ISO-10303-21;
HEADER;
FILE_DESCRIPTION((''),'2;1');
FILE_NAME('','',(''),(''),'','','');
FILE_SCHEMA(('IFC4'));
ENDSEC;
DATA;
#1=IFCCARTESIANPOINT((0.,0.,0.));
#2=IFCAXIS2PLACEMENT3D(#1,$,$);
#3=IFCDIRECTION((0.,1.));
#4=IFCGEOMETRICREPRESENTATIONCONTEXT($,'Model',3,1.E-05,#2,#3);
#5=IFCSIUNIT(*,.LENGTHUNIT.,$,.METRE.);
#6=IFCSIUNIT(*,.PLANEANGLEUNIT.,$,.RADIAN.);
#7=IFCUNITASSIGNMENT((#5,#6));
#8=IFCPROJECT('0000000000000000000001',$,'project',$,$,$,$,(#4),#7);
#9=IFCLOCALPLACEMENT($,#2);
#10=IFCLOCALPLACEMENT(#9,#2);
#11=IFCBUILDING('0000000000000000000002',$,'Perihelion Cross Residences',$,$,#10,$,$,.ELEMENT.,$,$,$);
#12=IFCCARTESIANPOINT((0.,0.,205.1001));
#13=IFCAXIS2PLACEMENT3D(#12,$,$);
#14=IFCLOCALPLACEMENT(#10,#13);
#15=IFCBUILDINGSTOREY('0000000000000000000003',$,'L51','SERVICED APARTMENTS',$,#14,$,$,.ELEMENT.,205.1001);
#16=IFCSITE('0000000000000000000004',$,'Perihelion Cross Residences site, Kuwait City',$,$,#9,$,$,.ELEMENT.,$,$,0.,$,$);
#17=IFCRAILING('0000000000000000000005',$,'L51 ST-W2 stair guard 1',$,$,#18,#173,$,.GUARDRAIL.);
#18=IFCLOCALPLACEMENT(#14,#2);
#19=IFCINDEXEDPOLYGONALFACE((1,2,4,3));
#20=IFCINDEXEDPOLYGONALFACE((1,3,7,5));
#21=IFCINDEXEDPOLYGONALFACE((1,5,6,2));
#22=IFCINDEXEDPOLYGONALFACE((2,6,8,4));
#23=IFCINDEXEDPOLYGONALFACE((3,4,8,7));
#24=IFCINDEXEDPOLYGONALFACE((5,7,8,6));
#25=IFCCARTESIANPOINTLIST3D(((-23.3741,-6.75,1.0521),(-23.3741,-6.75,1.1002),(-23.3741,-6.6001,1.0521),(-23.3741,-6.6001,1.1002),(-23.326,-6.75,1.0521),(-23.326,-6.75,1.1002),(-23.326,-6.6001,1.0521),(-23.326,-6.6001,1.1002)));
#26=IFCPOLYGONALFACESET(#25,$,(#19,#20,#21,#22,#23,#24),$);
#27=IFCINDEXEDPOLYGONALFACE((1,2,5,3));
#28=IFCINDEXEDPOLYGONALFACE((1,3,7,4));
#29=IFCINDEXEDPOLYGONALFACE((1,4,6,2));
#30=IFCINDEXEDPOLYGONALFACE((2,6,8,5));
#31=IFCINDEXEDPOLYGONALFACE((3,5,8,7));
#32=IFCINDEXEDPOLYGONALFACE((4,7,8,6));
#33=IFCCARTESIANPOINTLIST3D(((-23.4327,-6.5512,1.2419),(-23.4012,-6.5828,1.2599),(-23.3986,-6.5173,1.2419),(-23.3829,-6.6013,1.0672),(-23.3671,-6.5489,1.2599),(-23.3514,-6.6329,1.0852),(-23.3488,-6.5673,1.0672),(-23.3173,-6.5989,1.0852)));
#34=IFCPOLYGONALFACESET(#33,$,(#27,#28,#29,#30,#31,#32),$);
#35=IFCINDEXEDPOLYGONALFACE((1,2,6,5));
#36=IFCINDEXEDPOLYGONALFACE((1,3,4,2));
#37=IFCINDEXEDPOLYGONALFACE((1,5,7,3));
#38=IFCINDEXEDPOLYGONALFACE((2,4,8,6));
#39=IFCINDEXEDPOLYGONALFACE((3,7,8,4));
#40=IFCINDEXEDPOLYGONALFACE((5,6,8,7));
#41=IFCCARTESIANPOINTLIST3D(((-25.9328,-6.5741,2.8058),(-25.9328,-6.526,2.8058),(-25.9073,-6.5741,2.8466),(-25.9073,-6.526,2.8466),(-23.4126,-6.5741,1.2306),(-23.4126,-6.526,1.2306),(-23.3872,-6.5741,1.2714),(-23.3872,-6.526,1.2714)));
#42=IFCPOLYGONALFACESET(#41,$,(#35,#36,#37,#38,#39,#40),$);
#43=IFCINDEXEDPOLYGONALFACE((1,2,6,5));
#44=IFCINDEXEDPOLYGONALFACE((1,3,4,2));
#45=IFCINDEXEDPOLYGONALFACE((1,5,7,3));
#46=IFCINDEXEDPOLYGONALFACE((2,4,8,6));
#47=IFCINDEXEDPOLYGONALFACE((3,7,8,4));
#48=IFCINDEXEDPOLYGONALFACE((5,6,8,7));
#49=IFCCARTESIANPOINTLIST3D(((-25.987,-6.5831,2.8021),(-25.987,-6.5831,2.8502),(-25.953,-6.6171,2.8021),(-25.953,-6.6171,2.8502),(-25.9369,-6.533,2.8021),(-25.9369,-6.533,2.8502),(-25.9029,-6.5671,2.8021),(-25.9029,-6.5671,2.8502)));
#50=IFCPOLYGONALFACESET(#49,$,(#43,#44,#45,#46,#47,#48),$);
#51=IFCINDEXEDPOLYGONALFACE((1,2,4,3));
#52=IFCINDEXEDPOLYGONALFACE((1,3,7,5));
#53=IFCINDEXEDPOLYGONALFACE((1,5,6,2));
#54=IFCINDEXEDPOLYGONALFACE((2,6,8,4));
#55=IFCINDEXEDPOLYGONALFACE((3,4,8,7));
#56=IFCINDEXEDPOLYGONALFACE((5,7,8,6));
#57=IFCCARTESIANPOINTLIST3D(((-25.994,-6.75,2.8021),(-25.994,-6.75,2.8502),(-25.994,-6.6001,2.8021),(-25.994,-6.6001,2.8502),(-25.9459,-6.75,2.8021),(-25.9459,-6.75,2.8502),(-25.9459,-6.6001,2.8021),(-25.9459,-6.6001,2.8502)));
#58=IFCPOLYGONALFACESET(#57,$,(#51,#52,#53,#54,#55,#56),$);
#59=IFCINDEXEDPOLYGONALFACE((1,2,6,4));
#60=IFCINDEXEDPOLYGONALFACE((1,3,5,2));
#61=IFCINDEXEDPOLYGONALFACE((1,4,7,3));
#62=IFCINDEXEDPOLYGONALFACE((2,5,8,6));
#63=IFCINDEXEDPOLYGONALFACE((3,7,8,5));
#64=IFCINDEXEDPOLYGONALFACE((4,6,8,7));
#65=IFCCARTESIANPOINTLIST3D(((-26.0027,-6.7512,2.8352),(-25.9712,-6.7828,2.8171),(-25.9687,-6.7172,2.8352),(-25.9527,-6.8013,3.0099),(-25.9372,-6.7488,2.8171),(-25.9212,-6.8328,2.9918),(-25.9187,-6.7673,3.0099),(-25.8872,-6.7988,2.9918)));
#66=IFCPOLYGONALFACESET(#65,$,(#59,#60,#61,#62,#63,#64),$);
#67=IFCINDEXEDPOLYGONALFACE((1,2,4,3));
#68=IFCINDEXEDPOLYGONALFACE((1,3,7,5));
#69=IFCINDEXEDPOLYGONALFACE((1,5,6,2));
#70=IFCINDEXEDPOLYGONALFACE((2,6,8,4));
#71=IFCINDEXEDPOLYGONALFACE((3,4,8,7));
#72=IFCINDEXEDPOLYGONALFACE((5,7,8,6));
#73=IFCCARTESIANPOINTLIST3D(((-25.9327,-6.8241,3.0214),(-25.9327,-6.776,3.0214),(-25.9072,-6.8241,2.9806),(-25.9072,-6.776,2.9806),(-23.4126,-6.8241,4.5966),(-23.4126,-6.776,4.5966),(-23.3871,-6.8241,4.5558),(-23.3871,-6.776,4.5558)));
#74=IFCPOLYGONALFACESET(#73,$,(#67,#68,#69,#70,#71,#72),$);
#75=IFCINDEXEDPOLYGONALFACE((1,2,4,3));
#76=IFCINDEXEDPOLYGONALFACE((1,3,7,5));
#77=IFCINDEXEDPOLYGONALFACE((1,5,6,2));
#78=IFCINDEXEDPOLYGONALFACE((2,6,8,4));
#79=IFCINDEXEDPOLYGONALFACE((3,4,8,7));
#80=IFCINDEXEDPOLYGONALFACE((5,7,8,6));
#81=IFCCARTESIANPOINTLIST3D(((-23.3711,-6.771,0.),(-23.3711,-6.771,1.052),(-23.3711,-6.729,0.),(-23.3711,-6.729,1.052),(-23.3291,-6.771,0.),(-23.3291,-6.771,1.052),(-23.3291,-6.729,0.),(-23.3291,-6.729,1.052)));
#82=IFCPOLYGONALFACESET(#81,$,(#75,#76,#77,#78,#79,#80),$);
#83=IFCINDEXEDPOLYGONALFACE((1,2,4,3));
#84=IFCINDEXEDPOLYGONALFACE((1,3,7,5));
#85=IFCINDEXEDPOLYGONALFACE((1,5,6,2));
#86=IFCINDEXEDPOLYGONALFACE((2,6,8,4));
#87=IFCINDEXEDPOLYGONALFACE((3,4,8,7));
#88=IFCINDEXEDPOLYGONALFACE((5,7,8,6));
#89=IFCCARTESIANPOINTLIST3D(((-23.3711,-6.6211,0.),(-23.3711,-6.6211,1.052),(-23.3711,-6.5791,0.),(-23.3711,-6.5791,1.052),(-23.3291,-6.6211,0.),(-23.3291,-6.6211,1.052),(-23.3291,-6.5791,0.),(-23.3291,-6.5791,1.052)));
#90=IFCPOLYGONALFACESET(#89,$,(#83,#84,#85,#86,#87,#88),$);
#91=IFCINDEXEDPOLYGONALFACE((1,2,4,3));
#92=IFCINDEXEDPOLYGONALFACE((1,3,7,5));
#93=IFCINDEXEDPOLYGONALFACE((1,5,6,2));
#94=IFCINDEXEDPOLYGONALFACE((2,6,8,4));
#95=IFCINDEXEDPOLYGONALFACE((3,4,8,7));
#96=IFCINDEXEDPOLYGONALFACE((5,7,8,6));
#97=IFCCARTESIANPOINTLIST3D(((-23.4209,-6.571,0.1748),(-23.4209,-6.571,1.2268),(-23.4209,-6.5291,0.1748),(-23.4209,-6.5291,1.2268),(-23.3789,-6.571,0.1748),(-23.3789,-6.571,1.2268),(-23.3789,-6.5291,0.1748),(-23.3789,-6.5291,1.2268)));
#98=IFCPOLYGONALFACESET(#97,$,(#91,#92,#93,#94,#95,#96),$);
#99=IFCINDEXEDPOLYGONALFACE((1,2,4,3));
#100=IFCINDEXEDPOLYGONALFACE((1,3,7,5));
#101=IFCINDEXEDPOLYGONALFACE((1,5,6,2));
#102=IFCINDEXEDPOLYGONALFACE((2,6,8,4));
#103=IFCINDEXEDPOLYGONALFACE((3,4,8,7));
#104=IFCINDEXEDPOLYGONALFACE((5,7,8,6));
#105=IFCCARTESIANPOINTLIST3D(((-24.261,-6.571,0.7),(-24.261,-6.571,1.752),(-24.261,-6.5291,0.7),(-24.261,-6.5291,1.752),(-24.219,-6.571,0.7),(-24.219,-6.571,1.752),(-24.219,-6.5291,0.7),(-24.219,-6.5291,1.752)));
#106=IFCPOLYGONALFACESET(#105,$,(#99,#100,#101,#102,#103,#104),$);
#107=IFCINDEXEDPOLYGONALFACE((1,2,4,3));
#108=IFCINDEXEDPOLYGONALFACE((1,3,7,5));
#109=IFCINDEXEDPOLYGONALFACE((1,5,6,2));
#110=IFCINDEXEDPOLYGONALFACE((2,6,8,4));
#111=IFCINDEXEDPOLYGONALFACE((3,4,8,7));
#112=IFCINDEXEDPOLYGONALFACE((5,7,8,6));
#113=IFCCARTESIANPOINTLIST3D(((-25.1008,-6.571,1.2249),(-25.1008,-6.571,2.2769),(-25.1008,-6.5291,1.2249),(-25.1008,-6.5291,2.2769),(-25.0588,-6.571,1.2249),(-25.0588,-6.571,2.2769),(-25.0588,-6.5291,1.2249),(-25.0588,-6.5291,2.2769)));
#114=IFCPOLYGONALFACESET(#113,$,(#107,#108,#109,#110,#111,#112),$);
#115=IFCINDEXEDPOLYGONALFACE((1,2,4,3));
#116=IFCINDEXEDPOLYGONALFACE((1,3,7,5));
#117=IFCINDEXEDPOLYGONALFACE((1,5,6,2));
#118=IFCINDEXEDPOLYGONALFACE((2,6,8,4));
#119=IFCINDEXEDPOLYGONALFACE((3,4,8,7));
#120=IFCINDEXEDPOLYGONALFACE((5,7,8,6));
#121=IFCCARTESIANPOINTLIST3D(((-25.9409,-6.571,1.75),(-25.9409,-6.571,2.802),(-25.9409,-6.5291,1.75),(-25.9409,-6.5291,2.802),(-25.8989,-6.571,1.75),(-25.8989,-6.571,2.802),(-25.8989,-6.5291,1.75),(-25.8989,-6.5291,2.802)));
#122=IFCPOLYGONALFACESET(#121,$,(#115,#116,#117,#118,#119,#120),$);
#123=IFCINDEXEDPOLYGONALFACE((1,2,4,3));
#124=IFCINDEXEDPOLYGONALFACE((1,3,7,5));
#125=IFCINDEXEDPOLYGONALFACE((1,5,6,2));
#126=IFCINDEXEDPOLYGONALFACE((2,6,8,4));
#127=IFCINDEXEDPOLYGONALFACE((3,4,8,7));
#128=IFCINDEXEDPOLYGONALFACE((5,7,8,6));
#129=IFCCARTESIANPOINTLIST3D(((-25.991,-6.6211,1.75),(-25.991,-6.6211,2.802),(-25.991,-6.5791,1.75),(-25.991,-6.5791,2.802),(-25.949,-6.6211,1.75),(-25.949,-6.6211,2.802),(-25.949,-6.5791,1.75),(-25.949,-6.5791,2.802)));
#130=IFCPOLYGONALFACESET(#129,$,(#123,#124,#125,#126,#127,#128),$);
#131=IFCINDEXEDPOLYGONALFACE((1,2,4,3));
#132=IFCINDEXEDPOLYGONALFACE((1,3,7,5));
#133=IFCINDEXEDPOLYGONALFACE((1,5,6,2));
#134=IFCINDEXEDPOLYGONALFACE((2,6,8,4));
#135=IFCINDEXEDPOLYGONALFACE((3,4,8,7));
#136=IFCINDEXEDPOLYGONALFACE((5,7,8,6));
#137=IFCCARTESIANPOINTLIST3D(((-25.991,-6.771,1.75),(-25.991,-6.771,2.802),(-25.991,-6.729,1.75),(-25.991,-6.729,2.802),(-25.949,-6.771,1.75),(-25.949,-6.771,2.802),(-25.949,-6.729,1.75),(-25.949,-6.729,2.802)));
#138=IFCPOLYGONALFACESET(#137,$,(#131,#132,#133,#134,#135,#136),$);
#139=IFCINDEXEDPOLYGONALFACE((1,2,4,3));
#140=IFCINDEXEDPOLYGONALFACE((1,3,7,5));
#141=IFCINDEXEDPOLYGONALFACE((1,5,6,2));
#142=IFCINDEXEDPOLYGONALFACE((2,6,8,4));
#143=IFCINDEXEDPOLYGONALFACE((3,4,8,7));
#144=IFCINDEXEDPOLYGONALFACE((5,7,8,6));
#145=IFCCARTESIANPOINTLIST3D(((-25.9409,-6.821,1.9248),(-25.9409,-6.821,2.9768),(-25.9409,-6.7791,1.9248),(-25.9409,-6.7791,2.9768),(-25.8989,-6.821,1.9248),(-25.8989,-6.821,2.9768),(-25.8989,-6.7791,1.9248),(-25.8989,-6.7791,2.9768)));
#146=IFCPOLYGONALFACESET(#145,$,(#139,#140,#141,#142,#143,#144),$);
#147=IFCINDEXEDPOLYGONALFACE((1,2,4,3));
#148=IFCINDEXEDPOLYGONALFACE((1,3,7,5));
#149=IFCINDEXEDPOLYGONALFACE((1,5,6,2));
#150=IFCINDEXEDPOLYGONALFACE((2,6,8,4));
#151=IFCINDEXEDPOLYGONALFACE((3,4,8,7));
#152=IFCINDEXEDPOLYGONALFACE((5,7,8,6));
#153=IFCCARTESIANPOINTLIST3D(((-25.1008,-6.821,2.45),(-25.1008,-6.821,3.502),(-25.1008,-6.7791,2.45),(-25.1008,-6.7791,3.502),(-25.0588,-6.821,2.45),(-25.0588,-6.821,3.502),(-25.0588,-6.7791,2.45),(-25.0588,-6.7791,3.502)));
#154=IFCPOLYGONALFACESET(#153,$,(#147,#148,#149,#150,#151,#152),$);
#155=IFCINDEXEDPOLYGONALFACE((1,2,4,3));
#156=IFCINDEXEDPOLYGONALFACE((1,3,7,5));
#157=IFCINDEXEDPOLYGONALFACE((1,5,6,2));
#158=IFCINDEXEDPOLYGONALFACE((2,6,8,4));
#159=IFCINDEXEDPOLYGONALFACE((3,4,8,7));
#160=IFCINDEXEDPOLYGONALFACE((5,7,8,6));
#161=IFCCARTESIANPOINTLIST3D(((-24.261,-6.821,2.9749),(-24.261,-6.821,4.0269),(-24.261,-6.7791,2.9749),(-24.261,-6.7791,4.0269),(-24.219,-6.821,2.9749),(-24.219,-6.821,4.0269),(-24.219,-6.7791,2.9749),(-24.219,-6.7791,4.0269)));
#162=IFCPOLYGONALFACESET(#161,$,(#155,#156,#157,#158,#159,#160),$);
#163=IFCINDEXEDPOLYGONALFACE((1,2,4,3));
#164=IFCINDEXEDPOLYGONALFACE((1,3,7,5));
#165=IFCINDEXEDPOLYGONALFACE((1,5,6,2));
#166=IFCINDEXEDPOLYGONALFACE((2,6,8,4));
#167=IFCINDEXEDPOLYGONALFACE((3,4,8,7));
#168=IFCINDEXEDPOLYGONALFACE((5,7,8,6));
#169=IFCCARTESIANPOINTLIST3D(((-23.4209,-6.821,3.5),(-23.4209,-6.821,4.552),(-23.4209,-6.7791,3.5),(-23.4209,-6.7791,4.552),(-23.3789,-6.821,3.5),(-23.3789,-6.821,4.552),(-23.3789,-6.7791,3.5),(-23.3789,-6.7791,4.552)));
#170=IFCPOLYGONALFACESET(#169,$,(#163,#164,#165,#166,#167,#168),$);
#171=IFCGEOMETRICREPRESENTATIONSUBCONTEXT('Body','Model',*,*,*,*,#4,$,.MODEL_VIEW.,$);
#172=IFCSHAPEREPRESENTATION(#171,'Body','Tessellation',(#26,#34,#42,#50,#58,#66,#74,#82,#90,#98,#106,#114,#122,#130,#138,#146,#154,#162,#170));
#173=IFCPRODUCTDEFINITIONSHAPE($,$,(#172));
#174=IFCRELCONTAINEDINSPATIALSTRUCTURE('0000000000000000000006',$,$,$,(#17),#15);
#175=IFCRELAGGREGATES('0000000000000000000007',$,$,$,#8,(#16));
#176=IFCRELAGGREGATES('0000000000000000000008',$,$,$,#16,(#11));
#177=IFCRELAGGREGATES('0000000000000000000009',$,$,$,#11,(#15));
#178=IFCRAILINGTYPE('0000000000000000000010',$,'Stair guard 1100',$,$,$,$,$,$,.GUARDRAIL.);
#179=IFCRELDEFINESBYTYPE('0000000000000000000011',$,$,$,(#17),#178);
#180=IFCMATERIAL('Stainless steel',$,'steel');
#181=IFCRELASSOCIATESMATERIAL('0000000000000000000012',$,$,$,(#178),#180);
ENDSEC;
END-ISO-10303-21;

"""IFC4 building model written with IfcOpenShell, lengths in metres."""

from ifc_helpers import new_model, si_unit, direction, frame, origin, origin_2d, place, context, subcontext, project, spatial, rectangle, extrude, material, type_object, element, save


model = new_model("IFC4")

# Units and contexts
model_context = context("Model", 3, precision=1e-05, world=origin(), true_north=direction((0.0, 1.0)))
body_context = subcontext(model_context, "Body", "Model", "MODEL_VIEW")
ifc_project = project(units=[si_unit("LENGTHUNIT", "METRE"), si_unit("PLANEANGLEUNIT", "RADIAN")], contexts=[model_context])

# Site, building, storey
site_placement = place(None, origin())
site = spatial("IfcSite", under=ifc_project, at=site_placement, Name="Perihelion Cross Residences site, Kuwait City", CompositionType="ELEMENT", RefElevation=0.0)
building_placement = place(site_placement, origin())
building = spatial("IfcBuilding", under=site, at=building_placement, Name="Perihelion Cross Residences", CompositionType="ELEMENT")
storey_placement = place(building_placement, frame((0.0, 0.0, 205.1001)))
storey = spatial("IfcBuildingStorey", under=building, at=storey_placement, Name="L51", Description="SERVICED APARTMENTS", CompositionType="ELEMENT", Elevation=205.1001)

# Railing
ifc_material_1 = material(Name="Stainless steel", Category="steel")
railing_type_1 = type_object("IfcRailingType", Name="Stair guard 1100", PredefinedType="GUARDRAIL", material=ifc_material_1)
railing_1_placement = place(storey_placement, frame((-23.3501, -6.75, 0.0)))
element("IfcRailing", 1, at=railing_1_placement, inside=storey, type_object=railing_type_1, Name="L51 ST-W2 stair guard 1", PredefinedType="GUARDRAIL", context=body_context, shape_type="SweptSolid", body=[
    extrude(rectangle(XDim=0.0481, YDim=0.0481, at=origin_2d()), frame((0.0, 0.0, 1.0762), z_axis=(0.0, 1.0, 0.0), x_axis=(-1.0, 0.0, 0.0)), (0.0, 0.0, 1.0), 0.1499),
    extrude(rectangle(XDim=0.0481, YDim=0.0481, at=origin_2d()), frame((0.0, 0.1499, 1.0762), z_axis=(-0.264179, 0.265474, 0.927218), x_axis=(-0.708834, -0.705376, 0.0)), (0.0, 0.0, 1.0), 0.1885),
    extrude(rectangle(XDim=0.0481, YDim=0.0481, at=origin_2d()), frame((-0.0498, 0.2, 1.251), z_axis=(-0.847971, 0.0, 0.530043), x_axis=(0.0, -1.0, 0.0)), (0.0, 0.0, 1.0), 2.9719),
    extrude(rectangle(XDim=0.0481, YDim=0.0481, at=origin_2d()), frame((-2.5698, 0.2, 2.8262), z_axis=(-0.707107, -0.707107, 0.0), x_axis=(0.707107, -0.707107, 0.0)), (0.0, 0.0, 1.0), 0.0708),
    extrude(rectangle(XDim=0.0481, YDim=0.0481, at=origin_2d()), frame((-2.6199, 0.1499, 2.8262), z_axis=(0.0, -1.0, 0.0), x_axis=(1.0, 0.0, 0.0)), (0.0, 0.0, 1.0), 0.1499),
    extrude(rectangle(XDim=0.0481, YDim=0.0481, at=origin_2d()), frame((-2.6199, 0.0, 2.8262), z_axis=(0.265383, -0.265383, 0.9269), x_axis=(0.707107, 0.707107, 0.0)), (0.0, 0.0, 1.0), 0.1885),
    extrude(rectangle(XDim=0.0481, YDim=0.0481, at=origin_2d()), frame((-2.5698, -0.05, 3.001), z_axis=(0.847971, 0.0, 0.530043), x_axis=(0.0, 1.0, 0.0)), (0.0, 0.0, 1.0), 2.9719),
    extrude(rectangle(XDim=0.042, YDim=0.042, at=origin_2d()), origin(), (0.0, 0.0, 1.0), 1.052),
    extrude(rectangle(XDim=0.042, YDim=0.042, at=origin_2d()), frame((0.0, 0.1499, 0.0)), (0.0, 0.0, 1.0), 1.052),
    extrude(rectangle(XDim=0.042, YDim=0.042, at=origin_2d()), frame((-0.0498, 0.2, 0.1748)), (0.0, 0.0, 1.0), 1.052),
    extrude(rectangle(XDim=0.042, YDim=0.042, at=origin_2d()), frame((-0.8899, 0.2, 0.7)), (0.0, 0.0, 1.0), 1.052),
    extrude(rectangle(XDim=0.042, YDim=0.042, at=origin_2d()), frame((-1.7297, 0.2, 1.2249)), (0.0, 0.0, 1.0), 1.052),
    extrude(rectangle(XDim=0.042, YDim=0.042, at=origin_2d()), frame((-2.5698, 0.2, 1.75)), (0.0, 0.0, 1.0), 1.052),
    extrude(rectangle(XDim=0.042, YDim=0.042, at=origin_2d()), frame((-2.6199, 0.1499, 1.75)), (0.0, 0.0, 1.0), 1.052),
    extrude(rectangle(XDim=0.042, YDim=0.042, at=origin_2d()), frame((-2.6199, 0.0, 1.75)), (0.0, 0.0, 1.0), 1.052),
    extrude(rectangle(XDim=0.042, YDim=0.042, at=origin_2d()), frame((-2.5698, -0.05, 1.9248)), (0.0, 0.0, 1.0), 1.052),
    extrude(rectangle(XDim=0.042, YDim=0.042, at=origin_2d()), frame((-1.7297, -0.05, 2.45)), (0.0, 0.0, 1.0), 1.052),
    extrude(rectangle(XDim=0.042, YDim=0.042, at=origin_2d()), frame((-0.8899, -0.05, 2.9749)), (0.0, 0.0, 1.0), 1.052),
    extrude(rectangle(XDim=0.042, YDim=0.042, at=origin_2d()), frame((-0.0498, -0.05, 3.5)), (0.0, 0.0, 1.0), 1.052),
])

save(model, "model.ifc")
